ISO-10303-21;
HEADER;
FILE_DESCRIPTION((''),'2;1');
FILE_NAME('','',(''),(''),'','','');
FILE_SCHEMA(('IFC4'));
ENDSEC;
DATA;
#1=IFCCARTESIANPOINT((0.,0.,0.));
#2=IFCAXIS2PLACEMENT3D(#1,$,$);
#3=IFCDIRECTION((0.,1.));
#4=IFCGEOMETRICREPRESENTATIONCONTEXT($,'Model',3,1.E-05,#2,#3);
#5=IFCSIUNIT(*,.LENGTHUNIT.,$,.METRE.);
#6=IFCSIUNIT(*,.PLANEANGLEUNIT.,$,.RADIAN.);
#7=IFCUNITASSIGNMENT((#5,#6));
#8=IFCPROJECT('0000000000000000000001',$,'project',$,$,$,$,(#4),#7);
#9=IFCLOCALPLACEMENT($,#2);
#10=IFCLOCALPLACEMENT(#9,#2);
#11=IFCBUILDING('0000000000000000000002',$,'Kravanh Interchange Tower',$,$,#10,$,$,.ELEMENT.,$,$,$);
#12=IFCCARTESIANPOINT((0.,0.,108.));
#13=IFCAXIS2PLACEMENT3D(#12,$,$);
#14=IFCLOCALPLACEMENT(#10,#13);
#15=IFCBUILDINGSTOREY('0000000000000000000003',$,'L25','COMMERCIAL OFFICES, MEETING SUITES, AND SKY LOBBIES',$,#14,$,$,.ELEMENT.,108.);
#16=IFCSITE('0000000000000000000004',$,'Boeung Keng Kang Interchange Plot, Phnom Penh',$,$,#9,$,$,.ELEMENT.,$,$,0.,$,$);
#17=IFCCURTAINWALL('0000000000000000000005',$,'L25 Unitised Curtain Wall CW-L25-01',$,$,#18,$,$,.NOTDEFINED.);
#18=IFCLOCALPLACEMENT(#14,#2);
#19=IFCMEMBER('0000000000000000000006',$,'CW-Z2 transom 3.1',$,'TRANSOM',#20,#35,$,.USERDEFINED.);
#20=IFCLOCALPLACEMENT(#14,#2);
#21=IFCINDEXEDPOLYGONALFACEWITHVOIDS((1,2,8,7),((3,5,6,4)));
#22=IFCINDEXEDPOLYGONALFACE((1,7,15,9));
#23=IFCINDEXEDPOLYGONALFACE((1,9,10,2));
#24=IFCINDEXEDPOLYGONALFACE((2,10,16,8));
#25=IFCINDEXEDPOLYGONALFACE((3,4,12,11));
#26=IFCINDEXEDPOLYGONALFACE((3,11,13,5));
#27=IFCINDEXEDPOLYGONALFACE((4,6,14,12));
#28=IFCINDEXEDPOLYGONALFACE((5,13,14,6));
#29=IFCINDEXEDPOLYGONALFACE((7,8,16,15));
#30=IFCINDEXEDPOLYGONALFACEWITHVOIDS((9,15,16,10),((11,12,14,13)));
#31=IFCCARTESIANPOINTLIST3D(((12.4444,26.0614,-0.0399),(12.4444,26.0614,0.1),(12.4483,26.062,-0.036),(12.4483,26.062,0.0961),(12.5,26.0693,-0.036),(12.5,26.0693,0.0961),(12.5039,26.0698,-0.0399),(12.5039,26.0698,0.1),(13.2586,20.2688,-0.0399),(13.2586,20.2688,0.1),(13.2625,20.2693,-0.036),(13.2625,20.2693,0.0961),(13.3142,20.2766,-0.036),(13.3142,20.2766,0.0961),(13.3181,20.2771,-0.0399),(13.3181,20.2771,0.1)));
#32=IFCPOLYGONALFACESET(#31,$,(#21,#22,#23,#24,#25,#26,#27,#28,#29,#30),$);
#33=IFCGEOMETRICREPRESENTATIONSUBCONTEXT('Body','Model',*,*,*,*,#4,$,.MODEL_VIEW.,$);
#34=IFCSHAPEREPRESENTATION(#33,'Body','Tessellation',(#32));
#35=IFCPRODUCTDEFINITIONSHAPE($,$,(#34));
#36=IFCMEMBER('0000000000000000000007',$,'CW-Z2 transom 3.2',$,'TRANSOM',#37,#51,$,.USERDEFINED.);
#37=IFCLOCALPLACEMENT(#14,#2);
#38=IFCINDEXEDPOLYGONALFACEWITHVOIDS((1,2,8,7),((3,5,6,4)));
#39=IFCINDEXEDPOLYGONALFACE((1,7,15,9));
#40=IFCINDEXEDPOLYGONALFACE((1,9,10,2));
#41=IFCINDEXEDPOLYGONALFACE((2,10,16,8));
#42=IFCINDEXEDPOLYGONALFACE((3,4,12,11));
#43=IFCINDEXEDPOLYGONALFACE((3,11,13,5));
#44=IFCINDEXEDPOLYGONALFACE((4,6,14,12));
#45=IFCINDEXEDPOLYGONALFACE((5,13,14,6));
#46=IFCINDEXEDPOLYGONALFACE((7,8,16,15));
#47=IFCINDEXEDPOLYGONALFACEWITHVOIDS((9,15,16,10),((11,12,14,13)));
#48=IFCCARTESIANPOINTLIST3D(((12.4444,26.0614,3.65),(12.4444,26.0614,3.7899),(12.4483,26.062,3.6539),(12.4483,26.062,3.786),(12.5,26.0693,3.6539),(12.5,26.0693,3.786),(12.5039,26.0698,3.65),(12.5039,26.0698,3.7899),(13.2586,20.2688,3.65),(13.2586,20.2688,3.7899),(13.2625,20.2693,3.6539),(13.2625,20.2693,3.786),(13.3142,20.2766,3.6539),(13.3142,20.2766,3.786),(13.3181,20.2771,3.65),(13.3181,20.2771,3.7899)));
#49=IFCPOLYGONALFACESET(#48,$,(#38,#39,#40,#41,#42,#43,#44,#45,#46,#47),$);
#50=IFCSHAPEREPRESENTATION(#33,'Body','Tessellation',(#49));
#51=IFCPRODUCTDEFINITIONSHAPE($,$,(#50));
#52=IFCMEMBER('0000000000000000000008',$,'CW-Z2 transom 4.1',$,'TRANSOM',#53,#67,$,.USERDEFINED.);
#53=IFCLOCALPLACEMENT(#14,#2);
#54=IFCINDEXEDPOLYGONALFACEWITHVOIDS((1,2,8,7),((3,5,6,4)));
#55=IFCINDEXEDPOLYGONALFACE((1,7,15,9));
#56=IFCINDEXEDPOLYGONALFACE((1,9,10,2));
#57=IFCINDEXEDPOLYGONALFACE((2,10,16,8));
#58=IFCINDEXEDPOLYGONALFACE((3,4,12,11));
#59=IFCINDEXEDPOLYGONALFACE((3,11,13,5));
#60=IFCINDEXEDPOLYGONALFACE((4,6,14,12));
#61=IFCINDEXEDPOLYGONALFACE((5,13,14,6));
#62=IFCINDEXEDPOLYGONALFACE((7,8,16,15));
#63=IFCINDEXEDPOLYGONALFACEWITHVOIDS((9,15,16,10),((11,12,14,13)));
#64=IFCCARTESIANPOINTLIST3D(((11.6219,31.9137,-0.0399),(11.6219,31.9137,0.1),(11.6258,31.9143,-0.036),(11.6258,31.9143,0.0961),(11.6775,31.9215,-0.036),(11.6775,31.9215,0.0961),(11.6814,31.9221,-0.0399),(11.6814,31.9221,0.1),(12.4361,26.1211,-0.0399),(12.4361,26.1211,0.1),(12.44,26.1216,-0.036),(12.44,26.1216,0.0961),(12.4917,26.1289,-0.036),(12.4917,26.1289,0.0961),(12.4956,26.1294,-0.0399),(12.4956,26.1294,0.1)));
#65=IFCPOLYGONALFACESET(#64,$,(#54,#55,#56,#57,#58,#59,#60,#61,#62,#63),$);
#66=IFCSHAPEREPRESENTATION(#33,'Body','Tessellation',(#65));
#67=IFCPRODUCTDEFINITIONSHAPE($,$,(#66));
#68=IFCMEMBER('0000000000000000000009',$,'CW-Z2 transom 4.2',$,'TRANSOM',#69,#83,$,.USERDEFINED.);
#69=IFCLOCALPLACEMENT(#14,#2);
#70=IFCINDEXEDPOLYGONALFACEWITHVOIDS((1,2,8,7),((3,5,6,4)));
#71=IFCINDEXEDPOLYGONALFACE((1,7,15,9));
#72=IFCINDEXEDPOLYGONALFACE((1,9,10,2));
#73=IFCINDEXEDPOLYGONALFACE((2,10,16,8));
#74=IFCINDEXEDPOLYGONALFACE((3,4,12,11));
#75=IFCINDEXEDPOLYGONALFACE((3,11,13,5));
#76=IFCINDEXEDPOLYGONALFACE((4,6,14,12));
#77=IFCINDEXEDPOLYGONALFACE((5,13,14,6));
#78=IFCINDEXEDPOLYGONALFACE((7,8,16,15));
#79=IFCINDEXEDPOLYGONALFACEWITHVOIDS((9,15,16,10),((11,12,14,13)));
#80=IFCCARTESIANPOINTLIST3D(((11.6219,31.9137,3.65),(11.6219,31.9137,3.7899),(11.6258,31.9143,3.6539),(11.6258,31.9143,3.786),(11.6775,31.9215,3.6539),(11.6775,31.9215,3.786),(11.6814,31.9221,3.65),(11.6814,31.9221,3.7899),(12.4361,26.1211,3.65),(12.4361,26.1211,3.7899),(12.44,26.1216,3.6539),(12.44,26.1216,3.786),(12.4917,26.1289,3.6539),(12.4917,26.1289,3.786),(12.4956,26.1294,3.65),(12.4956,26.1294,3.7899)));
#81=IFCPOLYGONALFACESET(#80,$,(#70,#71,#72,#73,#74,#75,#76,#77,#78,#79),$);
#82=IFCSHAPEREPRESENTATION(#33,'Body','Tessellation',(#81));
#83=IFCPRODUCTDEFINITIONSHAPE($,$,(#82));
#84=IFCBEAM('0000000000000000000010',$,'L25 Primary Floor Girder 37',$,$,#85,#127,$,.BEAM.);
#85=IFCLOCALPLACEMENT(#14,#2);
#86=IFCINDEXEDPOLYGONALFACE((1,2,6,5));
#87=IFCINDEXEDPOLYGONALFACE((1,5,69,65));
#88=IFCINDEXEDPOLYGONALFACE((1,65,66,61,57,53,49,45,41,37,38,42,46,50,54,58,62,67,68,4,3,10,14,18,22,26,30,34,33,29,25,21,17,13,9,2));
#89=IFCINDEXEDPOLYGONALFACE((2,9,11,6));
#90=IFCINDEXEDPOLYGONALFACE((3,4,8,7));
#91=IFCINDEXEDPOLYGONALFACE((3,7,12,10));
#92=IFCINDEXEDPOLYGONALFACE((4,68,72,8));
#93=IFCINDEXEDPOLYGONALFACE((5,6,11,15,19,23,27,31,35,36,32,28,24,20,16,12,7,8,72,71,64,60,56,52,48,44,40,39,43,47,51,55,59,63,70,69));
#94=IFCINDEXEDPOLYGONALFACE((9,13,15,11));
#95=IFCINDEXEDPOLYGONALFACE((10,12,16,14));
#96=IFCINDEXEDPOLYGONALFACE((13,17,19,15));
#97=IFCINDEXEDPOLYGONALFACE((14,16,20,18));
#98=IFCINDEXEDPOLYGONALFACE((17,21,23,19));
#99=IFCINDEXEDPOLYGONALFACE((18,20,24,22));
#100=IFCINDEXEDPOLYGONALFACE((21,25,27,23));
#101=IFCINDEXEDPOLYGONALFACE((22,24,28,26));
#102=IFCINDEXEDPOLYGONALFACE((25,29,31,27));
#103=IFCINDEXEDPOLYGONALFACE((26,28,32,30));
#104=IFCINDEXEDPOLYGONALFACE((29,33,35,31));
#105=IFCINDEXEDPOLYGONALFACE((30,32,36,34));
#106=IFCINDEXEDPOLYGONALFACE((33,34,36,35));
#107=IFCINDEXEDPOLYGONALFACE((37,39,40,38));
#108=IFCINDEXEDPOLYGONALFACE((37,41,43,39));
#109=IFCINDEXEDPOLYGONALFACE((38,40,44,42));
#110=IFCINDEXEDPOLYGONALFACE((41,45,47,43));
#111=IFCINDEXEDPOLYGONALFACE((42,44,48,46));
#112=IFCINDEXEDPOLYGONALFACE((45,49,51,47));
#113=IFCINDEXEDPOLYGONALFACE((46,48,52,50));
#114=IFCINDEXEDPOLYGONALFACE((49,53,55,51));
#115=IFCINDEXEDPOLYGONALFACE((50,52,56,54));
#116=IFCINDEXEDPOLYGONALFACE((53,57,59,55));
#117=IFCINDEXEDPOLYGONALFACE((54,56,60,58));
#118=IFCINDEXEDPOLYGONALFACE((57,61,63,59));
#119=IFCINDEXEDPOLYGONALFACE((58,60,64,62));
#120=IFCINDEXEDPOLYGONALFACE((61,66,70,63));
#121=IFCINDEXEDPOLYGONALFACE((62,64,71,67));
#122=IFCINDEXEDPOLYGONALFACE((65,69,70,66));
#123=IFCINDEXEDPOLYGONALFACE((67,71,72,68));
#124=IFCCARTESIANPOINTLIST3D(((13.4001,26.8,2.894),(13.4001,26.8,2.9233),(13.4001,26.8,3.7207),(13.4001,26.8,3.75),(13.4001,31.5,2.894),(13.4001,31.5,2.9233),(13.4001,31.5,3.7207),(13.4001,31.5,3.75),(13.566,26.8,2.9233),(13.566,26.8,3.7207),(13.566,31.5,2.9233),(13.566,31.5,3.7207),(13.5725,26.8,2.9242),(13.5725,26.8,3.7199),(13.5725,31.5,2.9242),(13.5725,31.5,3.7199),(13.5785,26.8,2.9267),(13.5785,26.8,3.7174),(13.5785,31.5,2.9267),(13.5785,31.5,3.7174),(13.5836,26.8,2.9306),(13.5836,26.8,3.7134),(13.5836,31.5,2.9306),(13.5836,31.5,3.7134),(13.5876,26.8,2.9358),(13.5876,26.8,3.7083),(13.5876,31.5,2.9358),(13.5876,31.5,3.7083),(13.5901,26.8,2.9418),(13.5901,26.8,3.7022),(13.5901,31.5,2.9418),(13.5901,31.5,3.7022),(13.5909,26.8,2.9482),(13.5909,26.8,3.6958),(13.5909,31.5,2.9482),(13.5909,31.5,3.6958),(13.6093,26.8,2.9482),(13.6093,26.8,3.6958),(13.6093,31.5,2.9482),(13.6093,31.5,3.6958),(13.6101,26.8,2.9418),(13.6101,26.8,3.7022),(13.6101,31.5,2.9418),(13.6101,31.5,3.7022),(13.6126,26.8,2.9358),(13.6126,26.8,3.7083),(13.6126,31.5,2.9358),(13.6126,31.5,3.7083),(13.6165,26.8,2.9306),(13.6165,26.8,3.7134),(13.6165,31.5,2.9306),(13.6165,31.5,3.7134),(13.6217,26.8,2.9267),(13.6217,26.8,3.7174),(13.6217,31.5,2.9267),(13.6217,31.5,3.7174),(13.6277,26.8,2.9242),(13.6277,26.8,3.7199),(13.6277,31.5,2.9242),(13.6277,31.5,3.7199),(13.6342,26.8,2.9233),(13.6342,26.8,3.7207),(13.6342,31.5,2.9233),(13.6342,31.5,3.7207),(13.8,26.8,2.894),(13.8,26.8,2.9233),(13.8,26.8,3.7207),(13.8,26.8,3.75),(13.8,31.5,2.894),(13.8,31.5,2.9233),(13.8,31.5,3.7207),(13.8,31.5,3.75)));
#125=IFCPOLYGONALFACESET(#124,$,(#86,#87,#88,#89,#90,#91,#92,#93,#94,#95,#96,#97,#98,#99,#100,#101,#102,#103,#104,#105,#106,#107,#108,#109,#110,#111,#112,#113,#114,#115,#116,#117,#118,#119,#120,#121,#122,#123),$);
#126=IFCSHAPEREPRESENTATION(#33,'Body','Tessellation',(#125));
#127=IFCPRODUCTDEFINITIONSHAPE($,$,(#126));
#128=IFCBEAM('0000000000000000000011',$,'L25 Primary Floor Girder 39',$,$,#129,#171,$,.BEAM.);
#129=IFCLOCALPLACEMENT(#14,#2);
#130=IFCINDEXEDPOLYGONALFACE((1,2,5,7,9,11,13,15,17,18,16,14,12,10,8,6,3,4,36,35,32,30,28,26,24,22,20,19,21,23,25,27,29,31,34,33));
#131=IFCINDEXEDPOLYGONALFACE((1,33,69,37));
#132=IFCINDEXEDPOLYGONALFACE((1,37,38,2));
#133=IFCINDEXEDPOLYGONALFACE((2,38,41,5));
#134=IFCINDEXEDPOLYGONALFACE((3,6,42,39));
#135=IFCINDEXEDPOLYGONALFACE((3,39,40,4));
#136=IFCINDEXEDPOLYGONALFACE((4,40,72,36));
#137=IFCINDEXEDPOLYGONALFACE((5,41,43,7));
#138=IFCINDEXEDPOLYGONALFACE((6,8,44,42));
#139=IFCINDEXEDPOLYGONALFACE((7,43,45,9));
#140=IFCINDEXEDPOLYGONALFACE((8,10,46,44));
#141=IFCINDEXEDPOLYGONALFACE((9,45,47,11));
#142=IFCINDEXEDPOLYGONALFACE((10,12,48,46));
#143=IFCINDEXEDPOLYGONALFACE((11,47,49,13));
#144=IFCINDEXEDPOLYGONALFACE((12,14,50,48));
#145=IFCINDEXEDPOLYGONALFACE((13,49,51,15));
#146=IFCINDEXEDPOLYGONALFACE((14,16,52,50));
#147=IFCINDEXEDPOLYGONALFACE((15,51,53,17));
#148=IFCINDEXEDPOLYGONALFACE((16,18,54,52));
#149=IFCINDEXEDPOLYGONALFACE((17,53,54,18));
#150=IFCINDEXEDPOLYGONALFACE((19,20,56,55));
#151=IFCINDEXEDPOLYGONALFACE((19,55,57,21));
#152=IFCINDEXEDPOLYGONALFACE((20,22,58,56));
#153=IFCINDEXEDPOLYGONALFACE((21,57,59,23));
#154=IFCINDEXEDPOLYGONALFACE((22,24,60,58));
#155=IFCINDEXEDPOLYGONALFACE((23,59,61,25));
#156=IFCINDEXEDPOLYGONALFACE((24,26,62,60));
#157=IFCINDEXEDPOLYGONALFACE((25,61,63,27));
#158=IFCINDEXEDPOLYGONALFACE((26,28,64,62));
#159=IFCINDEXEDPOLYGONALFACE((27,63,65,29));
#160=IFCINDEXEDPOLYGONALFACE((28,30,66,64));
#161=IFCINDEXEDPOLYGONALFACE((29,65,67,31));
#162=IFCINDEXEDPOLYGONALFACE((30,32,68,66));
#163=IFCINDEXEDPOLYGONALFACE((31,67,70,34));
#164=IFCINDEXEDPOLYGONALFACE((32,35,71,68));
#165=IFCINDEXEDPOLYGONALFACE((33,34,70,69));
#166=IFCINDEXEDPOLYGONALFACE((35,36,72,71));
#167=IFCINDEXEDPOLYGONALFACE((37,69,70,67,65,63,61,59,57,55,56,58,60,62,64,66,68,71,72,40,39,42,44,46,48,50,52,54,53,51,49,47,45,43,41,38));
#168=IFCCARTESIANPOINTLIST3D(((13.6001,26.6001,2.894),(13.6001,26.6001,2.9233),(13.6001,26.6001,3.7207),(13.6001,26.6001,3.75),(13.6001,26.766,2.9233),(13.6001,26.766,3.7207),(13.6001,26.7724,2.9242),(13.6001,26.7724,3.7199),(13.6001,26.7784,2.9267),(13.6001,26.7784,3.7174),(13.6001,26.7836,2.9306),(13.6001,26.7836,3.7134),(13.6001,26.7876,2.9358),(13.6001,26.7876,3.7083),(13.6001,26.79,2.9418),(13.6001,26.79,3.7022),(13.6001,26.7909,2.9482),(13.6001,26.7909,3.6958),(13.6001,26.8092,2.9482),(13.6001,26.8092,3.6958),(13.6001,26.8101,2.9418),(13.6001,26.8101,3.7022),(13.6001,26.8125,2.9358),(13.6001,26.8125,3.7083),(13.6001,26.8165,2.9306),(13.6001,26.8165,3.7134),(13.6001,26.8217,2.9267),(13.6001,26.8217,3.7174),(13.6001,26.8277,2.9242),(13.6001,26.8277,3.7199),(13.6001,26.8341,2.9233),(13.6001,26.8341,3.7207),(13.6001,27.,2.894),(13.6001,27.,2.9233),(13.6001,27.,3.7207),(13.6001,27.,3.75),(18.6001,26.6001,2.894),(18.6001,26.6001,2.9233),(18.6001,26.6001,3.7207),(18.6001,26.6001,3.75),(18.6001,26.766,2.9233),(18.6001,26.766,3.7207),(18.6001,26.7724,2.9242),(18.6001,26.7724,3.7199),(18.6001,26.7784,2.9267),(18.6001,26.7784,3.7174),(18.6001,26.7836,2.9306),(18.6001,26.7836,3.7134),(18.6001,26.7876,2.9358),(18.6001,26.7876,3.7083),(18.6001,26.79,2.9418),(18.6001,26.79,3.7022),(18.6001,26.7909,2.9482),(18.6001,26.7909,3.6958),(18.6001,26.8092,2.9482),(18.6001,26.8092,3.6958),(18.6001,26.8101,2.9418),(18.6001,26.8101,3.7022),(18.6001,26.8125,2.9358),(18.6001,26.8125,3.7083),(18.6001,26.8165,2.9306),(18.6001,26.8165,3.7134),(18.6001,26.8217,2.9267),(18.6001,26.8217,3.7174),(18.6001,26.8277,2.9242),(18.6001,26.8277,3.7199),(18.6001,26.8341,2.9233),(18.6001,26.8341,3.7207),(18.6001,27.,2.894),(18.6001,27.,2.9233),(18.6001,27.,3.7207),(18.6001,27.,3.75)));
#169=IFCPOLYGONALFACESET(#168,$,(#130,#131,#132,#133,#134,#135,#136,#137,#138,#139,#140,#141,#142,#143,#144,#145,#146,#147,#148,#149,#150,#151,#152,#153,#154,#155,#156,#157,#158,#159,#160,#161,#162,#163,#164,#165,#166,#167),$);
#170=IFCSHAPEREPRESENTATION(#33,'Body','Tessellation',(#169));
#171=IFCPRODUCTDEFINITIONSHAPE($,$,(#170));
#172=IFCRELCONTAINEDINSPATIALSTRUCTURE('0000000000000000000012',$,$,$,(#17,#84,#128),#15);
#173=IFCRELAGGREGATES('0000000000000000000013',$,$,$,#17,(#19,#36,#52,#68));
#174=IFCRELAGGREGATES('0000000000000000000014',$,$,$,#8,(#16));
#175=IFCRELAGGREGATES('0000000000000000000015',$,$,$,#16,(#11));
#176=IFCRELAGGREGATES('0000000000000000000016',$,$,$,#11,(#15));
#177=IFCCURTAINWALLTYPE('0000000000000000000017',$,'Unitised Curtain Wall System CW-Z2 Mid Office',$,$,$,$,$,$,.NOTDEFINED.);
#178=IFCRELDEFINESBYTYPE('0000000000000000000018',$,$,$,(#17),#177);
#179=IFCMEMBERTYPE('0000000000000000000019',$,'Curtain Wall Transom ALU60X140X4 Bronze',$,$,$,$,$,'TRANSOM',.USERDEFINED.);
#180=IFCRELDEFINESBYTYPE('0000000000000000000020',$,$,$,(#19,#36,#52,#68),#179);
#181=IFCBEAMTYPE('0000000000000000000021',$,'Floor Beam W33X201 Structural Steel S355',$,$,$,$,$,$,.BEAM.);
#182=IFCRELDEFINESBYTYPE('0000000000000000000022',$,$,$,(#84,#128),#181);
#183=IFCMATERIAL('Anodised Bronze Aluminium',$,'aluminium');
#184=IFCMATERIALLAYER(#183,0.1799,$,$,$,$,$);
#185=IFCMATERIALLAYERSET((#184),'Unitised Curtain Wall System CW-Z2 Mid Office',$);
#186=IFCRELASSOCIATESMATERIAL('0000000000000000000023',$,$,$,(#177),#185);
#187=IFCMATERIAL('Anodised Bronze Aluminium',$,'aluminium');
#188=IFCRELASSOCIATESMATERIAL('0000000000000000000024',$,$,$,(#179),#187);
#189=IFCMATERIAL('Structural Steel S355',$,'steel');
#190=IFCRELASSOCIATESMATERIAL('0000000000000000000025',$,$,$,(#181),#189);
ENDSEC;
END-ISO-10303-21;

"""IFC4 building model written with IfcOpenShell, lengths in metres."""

from ifc_helpers import new_model, si_unit, direction, frame, origin, origin_2d, place, context, subcontext, project, spatial, hollow_rectangle, i_section, extrude, material, layer, layer_set, material_profile, profile_set, type_object, element, aggregate, save


model = new_model("IFC4")

# Units and contexts
model_context = context("Model", 3, precision=1e-05, world=origin(), true_north=direction((0.0, 1.0)))
body_context = subcontext(model_context, "Body", "Model", "MODEL_VIEW")
ifc_project = project(units=[si_unit("LENGTHUNIT", "METRE"), si_unit("PLANEANGLEUNIT", "RADIAN")], contexts=[model_context])

# Site, building, storey
site_placement = place(None, origin())
site = spatial("IfcSite", under=ifc_project, at=site_placement, Name="Boeung Keng Kang Interchange Plot, Phnom Penh", CompositionType="ELEMENT", RefElevation=0.0)
building_placement = place(site_placement, origin())
building = spatial("IfcBuilding", under=site, at=building_placement, Name="Kravanh Interchange Tower", CompositionType="ELEMENT")
storey_placement = place(building_placement, frame((0.0, 0.0, 108.0)))
storey = spatial("IfcBuildingStorey", under=building, at=storey_placement, Name="L25", Description="COMMERCIAL OFFICES, MEETING SUITES, AND SKY LOBBIES", CompositionType="ELEMENT", Elevation=108.0)

# Curtain wall, members
ifc_material_1 = material(Name="Anodised Bronze Aluminium", Category="aluminium")
ifc_layer_1 = layer(ifc_material_1, 0.1799)
ifc_layer_set_1 = layer_set([ifc_layer_1], Name="Unitised Curtain Wall System CW-Z2 Mid Office")
curtain_wall_type = type_object("IfcCurtainWallType", Name="Unitised Curtain Wall System CW-Z2 Mid Office", PredefinedType="NOTDEFINED", material=ifc_layer_set_1)
curtain_wall_placement = place(storey_placement, origin())
curtain_wall = element("IfcCurtainWall", 1, at=curtain_wall_placement, inside=storey, type_object=curtain_wall_type, Name="L25 Unitised Curtain Wall CW-L25-01", PredefinedType="NOTDEFINED")
ifc_material_2 = material(Name="Anodised Bronze Aluminium", Category="aluminium")
ifc_material_profile_1 = material_profile(ifc_material_2, hollow_rectangle(XDim=0.0601, YDim=0.1399, WallThickness=0.0039, at=origin_2d()), Name="ALU60X140X4")
ifc_profile_set_1 = profile_set([ifc_material_profile_1], Name="Anodised Bronze Aluminium")
member_type_1 = type_object("IfcMemberType", Name="Curtain Wall Transom ALU60X140X4 Bronze", ElementType="TRANSOM", PredefinedType="USERDEFINED", material=ifc_profile_set_1)
member_1_placement = place(storey_placement, frame((13.2883, 20.2729, 0.03), z_axis=(-0.139189, 0.990266, 0.0), x_axis=(-0.990266, -0.139189, 0.0)))
member_1 = element("IfcMember", 2, at=member_1_placement, type_object=member_type_1, Name="CW-Z2 transom 3.1", ObjectType="TRANSOM", PredefinedType="USERDEFINED", context=body_context, shape_type="SweptSolid", body=[
    extrude(hollow_rectangle(XDim=0.0601, YDim=0.1399, WallThickness=0.0039, at=origin_2d()), origin(), (0.0, 0.0, 1.0), 5.8496),
])
member_2_placement = place(storey_placement, frame((13.2883, 20.2729, 3.72), z_axis=(-0.139189, 0.990266, 0.0), x_axis=(-0.990266, -0.139189, 0.0)))
member_2 = element("IfcMember", 3, at=member_2_placement, type_object=member_type_1, Name="CW-Z2 transom 3.2", ObjectType="TRANSOM", PredefinedType="USERDEFINED", context=body_context, shape_type="SweptSolid", body=[
    extrude(hollow_rectangle(XDim=0.0601, YDim=0.1399, WallThickness=0.0039, at=origin_2d()), origin(), (0.0, 0.0, 1.0), 5.8496),
])
member_3_placement = place(storey_placement, frame((12.4658, 26.1252, 0.03), z_axis=(-0.139189, 0.990266, 0.0), x_axis=(-0.990266, -0.139189, 0.0)))
member_3 = element("IfcMember", 4, at=member_3_placement, type_object=member_type_1, Name="CW-Z2 transom 4.1", ObjectType="TRANSOM", PredefinedType="USERDEFINED", context=body_context, shape_type="SweptSolid", body=[
    extrude(hollow_rectangle(XDim=0.0601, YDim=0.1399, WallThickness=0.0039, at=origin_2d()), origin(), (0.0, 0.0, 1.0), 5.8496),
])
member_4_placement = place(storey_placement, frame((12.4658, 26.1252, 3.72), z_axis=(-0.139189, 0.990266, 0.0), x_axis=(-0.990266, -0.139189, 0.0)))
member_4 = element("IfcMember", 5, at=member_4_placement, type_object=member_type_1, Name="CW-Z2 transom 4.2", ObjectType="TRANSOM", PredefinedType="USERDEFINED", context=body_context, shape_type="SweptSolid", body=[
    extrude(hollow_rectangle(XDim=0.0601, YDim=0.1399, WallThickness=0.0039, at=origin_2d()), origin(), (0.0, 0.0, 1.0), 5.8496),
])

# Beams
ifc_material_3 = material(Name="Structural Steel S355", Category="steel")
ifc_material_profile_2 = material_profile(ifc_material_3, i_section(OverallWidth=0.3999, OverallDepth=0.856, WebThickness=0.0183, FlangeThickness=0.0293, FilletRadius=0.0249, at=origin_2d()), Name="W33X201")
ifc_profile_set_2 = profile_set([ifc_material_profile_2], Name="Structural Steel S355")
beam_type_1 = type_object("IfcBeamType", Name="Floor Beam W33X201 Structural Steel S355", PredefinedType="BEAM", material=ifc_profile_set_2)
beam_1_placement = place(storey_placement, frame((13.6001, 26.8, 3.322), z_axis=(0.0, 1.0, 0.0), x_axis=(-1.0, 0.0, 0.0)))
element("IfcBeam", 6, at=beam_1_placement, inside=storey, type_object=beam_type_1, Name="L25 Primary Floor Girder 37", PredefinedType="BEAM", context=body_context, shape_type="SweptSolid", body=[
    extrude(i_section(OverallWidth=0.3999, OverallDepth=0.856, WebThickness=0.0183, FlangeThickness=0.0293, FilletRadius=0.0249, at=origin_2d()), origin(), (0.0, 0.0, 1.0), 4.7),
])
beam_2_placement = place(storey_placement, frame((13.6001, 26.8, 3.322), z_axis=(1.0, 0.0, 0.0), x_axis=(0.0, 1.0, 0.0)))
element("IfcBeam", 7, at=beam_2_placement, inside=storey, type_object=beam_type_1, Name="L25 Primary Floor Girder 39", PredefinedType="BEAM", context=body_context, shape_type="SweptSolid", body=[
    extrude(i_section(OverallWidth=0.3999, OverallDepth=0.856, WebThickness=0.0183, FlangeThickness=0.0293, FilletRadius=0.0249, at=origin_2d()), origin(), (0.0, 0.0, 1.0), 5.0),
])

aggregate(curtain_wall, [member_1, member_2, member_3, member_4])

save(model, "model.ifc")
